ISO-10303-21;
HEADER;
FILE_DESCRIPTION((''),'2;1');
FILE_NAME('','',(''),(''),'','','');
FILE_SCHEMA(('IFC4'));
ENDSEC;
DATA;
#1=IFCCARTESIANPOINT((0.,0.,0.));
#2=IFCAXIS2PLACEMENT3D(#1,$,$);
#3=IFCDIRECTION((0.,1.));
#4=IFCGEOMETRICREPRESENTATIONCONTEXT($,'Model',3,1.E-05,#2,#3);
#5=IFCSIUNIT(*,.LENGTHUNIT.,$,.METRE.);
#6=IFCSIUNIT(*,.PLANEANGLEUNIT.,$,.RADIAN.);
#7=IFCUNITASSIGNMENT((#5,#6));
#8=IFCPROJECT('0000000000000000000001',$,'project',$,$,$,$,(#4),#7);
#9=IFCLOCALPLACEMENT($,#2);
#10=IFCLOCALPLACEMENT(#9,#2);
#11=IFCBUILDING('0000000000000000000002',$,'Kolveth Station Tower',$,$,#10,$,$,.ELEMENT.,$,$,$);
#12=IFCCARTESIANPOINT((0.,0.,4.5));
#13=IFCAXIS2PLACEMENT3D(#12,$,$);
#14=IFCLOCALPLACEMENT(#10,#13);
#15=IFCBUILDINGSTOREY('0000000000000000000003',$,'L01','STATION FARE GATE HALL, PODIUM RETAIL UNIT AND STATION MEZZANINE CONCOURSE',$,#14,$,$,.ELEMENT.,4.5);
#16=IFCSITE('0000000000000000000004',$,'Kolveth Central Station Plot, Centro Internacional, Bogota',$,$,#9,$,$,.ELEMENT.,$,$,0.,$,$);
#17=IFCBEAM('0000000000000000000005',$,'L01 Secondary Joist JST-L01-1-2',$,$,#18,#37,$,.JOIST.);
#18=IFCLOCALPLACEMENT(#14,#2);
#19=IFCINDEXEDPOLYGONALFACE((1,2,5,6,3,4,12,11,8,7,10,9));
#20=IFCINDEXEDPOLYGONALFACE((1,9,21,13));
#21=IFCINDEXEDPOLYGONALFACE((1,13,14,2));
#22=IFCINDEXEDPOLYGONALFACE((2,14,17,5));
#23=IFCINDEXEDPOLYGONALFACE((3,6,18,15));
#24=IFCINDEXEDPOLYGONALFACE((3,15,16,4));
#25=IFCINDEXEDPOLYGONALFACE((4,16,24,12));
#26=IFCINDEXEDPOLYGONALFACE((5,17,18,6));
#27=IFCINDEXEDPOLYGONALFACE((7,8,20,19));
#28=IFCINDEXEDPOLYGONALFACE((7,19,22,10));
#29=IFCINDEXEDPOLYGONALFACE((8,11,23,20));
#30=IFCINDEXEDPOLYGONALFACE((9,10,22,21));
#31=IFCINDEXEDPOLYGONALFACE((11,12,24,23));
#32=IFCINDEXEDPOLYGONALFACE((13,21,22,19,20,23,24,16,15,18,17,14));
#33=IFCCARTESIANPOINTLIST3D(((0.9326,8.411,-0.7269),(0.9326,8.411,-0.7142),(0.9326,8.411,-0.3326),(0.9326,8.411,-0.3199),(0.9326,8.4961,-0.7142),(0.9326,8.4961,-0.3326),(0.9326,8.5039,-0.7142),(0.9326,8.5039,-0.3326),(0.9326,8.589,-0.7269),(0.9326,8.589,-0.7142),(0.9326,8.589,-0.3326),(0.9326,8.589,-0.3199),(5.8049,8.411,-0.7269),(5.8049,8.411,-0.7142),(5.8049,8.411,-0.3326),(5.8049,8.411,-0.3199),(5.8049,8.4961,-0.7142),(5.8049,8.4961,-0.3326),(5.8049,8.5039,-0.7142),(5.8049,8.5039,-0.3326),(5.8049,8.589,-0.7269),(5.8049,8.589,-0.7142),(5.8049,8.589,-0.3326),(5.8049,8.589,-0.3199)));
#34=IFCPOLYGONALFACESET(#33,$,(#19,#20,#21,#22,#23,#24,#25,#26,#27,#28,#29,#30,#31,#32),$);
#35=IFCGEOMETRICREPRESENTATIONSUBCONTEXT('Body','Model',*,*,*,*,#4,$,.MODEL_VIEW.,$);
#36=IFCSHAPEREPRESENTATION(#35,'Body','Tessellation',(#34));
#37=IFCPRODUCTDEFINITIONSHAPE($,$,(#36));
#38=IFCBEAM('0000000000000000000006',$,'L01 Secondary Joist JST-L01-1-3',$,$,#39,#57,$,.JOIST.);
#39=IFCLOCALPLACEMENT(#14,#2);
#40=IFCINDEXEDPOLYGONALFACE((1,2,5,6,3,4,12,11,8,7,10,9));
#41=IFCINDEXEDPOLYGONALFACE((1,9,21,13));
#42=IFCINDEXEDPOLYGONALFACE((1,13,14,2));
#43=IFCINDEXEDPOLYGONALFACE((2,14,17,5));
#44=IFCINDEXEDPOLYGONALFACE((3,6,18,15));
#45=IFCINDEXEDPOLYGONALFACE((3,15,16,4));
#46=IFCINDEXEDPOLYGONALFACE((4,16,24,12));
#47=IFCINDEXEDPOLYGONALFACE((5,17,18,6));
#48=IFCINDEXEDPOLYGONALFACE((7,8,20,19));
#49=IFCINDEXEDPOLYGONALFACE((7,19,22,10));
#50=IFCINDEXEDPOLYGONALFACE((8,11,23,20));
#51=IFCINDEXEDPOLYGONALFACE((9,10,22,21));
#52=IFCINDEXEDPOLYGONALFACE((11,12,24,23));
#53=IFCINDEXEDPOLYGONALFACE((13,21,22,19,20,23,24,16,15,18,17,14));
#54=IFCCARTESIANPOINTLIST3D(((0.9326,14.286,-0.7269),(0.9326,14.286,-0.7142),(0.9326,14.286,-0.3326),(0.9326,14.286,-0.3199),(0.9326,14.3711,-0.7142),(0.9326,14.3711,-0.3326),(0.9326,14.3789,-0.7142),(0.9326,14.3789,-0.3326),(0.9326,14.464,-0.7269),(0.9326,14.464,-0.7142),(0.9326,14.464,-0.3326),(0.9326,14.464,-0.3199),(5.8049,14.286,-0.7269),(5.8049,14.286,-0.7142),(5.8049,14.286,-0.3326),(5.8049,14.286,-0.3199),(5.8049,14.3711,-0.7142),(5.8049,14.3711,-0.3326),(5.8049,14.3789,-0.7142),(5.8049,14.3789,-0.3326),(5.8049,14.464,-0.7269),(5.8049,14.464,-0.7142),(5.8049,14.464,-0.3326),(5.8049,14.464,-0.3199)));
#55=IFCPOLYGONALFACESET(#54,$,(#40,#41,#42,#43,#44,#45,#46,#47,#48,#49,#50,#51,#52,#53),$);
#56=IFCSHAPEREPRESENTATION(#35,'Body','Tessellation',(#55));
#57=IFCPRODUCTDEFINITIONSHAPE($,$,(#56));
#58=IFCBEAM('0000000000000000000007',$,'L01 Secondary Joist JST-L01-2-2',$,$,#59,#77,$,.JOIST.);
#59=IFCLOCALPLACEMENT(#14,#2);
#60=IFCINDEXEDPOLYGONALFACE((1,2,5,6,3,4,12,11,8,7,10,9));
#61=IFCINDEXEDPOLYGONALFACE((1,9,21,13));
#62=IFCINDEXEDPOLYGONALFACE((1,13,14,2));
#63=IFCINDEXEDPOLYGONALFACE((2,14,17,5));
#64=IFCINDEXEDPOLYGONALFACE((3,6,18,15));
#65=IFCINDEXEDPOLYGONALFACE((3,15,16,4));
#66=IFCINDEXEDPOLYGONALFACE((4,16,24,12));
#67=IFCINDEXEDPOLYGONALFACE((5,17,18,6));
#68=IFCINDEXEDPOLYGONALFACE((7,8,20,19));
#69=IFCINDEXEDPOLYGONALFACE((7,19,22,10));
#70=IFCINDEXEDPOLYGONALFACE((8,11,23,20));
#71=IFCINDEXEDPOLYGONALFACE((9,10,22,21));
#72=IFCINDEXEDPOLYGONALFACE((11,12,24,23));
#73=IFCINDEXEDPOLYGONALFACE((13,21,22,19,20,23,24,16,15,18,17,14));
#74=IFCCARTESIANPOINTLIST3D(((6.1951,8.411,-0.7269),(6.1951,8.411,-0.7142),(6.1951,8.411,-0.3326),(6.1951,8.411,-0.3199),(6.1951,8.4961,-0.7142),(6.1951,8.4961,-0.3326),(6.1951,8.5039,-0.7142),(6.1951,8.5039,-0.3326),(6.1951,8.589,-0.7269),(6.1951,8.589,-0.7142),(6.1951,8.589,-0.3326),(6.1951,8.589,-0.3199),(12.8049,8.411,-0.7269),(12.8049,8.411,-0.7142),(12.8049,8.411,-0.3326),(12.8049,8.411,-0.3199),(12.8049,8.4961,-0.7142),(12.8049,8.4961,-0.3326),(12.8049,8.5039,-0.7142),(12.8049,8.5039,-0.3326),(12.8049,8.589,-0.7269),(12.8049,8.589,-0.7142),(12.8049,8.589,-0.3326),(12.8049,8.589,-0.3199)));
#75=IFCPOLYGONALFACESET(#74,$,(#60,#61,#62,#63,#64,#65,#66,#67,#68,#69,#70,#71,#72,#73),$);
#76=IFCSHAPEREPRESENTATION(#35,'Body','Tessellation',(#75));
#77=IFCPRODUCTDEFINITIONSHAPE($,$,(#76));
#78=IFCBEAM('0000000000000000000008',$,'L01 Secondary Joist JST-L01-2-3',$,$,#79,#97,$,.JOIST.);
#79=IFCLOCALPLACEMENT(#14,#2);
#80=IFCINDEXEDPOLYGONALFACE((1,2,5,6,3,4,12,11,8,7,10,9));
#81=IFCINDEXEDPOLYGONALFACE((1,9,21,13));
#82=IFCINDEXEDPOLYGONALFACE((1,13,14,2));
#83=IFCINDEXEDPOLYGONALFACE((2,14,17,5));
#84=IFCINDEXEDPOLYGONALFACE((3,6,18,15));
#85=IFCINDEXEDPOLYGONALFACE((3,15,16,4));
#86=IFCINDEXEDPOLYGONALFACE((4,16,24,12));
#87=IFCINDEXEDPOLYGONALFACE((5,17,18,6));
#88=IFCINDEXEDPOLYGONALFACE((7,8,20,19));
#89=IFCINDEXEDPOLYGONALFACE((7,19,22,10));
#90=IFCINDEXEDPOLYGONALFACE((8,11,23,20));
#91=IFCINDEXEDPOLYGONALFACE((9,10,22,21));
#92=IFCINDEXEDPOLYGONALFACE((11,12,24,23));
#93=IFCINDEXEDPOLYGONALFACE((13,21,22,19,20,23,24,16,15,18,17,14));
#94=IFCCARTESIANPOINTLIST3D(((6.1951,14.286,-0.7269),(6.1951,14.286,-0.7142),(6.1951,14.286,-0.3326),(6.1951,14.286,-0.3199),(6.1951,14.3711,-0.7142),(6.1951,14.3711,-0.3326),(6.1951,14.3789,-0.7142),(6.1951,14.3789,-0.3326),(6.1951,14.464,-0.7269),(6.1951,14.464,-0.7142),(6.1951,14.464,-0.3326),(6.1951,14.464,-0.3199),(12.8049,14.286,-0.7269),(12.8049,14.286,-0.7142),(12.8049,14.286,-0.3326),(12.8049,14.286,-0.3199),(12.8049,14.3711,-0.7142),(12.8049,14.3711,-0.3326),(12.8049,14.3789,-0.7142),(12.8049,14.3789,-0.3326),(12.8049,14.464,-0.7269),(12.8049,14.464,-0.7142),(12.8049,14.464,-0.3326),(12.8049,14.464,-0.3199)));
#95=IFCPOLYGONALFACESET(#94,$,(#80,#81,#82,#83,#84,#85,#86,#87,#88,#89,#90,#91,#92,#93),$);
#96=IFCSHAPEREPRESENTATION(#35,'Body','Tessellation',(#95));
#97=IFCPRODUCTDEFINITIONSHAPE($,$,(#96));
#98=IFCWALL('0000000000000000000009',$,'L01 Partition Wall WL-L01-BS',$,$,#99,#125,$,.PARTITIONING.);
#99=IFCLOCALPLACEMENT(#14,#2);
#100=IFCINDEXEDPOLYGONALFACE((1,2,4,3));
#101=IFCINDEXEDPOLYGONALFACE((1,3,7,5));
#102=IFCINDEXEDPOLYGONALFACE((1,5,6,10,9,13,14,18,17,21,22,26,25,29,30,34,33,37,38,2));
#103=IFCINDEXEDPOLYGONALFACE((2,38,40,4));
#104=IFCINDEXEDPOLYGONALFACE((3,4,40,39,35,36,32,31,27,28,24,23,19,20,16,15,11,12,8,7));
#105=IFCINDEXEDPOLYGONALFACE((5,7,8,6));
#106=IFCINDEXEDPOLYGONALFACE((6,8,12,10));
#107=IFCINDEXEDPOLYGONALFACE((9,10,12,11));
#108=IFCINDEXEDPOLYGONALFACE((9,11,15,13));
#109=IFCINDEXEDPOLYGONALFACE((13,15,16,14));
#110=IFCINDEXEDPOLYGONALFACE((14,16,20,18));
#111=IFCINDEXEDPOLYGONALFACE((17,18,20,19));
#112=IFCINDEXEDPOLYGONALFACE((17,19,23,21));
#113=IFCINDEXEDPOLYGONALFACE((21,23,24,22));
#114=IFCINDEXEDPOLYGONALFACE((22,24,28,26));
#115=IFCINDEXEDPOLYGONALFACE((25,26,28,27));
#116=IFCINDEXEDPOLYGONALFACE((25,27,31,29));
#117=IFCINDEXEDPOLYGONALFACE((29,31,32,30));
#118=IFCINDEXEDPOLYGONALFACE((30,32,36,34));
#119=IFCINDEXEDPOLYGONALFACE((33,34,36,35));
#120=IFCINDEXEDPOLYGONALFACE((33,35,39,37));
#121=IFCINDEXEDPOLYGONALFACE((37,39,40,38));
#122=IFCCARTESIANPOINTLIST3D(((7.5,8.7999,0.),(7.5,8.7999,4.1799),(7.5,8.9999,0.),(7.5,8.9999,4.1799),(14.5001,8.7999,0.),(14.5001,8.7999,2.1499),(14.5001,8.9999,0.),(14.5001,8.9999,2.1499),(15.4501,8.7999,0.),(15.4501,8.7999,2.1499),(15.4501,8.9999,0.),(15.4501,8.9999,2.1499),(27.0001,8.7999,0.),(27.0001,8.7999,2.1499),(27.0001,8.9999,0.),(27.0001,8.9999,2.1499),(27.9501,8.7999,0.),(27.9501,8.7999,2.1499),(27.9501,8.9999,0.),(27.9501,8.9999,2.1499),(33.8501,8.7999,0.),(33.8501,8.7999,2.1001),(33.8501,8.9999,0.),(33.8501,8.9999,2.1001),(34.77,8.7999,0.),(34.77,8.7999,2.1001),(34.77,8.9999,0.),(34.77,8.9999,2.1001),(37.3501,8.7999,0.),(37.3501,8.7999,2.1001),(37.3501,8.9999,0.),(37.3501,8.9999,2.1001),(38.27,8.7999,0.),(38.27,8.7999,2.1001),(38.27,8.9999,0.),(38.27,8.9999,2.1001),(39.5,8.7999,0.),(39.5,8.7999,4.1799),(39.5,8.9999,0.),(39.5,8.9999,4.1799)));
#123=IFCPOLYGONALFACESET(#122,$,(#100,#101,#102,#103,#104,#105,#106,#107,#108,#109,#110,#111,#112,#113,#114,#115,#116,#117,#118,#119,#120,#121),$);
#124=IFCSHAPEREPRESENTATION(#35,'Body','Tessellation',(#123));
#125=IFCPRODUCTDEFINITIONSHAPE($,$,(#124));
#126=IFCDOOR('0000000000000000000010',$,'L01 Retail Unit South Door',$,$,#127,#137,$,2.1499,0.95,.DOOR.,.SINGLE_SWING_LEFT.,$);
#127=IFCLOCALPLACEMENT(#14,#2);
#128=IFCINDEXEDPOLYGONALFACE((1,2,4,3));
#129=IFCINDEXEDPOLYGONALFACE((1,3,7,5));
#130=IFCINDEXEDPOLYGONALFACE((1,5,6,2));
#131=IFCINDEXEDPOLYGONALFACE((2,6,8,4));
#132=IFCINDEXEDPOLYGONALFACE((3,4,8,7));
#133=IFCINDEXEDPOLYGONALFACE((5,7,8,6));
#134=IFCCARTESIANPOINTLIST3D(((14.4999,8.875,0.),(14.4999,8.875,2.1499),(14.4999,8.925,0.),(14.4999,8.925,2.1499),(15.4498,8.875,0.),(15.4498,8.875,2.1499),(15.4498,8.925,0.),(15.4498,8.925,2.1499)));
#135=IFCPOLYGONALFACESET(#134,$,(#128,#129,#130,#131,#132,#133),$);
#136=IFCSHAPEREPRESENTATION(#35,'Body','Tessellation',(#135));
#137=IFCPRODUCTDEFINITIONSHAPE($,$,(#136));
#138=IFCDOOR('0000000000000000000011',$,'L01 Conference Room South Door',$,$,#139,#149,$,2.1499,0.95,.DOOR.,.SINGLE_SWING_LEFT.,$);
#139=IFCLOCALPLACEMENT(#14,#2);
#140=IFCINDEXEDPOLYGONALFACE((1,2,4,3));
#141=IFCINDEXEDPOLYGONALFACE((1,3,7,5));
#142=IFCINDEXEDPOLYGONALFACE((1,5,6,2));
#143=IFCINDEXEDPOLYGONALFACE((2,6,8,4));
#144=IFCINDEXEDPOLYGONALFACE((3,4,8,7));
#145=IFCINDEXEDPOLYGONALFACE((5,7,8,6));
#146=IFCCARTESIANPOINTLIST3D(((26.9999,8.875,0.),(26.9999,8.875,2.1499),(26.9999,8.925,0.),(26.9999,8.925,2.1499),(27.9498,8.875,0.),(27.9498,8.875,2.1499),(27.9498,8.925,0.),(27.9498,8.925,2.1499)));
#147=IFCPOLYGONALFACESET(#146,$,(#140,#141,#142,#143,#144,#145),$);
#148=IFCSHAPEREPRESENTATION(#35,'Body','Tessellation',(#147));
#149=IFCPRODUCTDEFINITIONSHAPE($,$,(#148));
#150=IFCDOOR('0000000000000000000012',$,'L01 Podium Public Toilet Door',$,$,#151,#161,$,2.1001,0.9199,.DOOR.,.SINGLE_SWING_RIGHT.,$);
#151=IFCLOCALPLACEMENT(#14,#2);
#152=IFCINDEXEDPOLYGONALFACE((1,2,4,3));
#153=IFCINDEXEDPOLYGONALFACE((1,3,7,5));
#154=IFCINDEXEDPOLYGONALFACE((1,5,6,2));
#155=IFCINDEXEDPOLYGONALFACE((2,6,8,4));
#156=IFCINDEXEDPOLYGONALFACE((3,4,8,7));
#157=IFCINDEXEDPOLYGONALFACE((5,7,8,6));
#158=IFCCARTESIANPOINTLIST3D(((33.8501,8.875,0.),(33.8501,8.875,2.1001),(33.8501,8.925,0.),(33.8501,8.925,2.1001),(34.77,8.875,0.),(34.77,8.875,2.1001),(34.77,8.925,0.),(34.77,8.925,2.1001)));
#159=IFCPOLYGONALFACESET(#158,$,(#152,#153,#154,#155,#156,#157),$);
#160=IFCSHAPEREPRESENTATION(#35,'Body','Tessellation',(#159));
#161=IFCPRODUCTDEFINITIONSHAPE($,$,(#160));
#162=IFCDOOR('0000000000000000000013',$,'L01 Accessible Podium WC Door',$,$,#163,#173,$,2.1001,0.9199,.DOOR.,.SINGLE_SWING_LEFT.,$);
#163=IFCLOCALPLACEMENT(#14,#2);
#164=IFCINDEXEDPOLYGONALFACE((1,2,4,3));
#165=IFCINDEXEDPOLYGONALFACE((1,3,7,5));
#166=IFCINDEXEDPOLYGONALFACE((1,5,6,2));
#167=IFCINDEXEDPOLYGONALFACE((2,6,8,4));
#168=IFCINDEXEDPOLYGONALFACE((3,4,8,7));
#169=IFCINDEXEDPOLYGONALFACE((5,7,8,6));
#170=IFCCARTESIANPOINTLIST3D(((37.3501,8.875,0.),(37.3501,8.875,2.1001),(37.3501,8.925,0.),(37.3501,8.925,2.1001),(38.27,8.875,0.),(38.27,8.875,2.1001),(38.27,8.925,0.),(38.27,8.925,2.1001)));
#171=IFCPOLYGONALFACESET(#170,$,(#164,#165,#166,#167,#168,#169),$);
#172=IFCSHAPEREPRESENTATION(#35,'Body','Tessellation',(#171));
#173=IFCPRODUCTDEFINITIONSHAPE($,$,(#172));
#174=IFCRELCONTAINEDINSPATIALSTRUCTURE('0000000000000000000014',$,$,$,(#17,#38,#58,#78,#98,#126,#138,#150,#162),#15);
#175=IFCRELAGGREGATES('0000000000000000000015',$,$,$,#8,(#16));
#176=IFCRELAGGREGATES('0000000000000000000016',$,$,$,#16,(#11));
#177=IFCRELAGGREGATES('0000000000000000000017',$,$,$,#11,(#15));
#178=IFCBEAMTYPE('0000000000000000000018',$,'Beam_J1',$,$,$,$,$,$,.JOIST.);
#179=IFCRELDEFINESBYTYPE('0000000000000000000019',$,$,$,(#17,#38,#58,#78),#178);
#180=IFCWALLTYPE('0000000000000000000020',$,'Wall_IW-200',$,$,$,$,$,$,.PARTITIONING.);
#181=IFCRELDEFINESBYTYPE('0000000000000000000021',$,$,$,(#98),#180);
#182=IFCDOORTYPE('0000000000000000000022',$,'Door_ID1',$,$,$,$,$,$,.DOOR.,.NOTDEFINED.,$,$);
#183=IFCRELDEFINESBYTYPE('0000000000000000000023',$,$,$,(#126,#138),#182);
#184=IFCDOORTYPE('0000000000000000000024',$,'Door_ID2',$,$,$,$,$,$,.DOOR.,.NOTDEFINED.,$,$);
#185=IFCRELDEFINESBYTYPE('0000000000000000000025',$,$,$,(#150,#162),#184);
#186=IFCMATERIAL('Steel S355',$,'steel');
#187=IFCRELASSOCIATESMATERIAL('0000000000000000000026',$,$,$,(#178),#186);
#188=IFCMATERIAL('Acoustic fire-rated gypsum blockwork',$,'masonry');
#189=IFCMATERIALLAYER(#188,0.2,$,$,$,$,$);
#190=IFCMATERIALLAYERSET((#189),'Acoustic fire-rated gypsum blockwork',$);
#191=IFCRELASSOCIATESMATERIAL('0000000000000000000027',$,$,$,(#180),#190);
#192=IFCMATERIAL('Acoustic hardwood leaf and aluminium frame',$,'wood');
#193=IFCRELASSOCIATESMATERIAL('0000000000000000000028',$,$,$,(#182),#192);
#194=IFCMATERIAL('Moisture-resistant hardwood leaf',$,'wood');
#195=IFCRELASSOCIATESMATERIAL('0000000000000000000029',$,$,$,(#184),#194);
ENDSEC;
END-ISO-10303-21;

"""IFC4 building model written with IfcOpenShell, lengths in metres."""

from ifc_helpers import new_model, si_unit, direction, frame, frame_2d, origin, origin_2d, place, context, subcontext, project, spatial, rectangle, i_section, extrude, source, transform, mapped, material, layer, layer_set, material_profile, profile_set, type_object, element, fill, save


model = new_model("IFC4")

# Units and contexts
model_context = context("Model", 3, precision=1e-05, world=origin(), true_north=direction((0.0, 1.0)))
body_context = subcontext(model_context, "Body", "Model", "MODEL_VIEW")
ifc_project = project(units=[si_unit("LENGTHUNIT", "METRE"), si_unit("PLANEANGLEUNIT", "RADIAN")], contexts=[model_context])

# Site, building, storey
site_placement = place(None, origin())
site = spatial("IfcSite", under=ifc_project, at=site_placement, Name="Kolveth Central Station Plot, Centro Internacional, Bogota", CompositionType="ELEMENT", RefElevation=0.0)
building_placement = place(site_placement, origin())
building = spatial("IfcBuilding", under=site, at=building_placement, Name="Kolveth Station Tower", CompositionType="ELEMENT")
storey_placement = place(building_placement, frame((0.0, 0.0, 4.5)))
storey = spatial("IfcBuildingStorey", under=building, at=storey_placement, Name="L01", Description="STATION FARE GATE HALL, PODIUM RETAIL UNIT AND STATION MEZZANINE CONCOURSE", CompositionType="ELEMENT", Elevation=4.5)

# Beams
ifc_material_1 = material(Name="Steel S355", Category="steel")
ifc_material_profile_1 = material_profile(ifc_material_1, i_section(OverallWidth=0.178, OverallDepth=0.407, WebThickness=0.0078, FlangeThickness=0.0127, at=origin_2d()), Name="W410x60")
ifc_profile_set_1 = profile_set([ifc_material_profile_1], Name="Steel S355")
beam_type_1 = type_object("IfcBeamType", Name="Beam_J1", PredefinedType="JOIST", material=ifc_profile_set_1)
shared_shape_1 = source(origin(), body_context, "Body", "SweptSolid", [
    extrude(i_section(OverallWidth=0.178, OverallDepth=0.407, WebThickness=0.0078, FlangeThickness=0.0127, at=origin_2d()), origin(), (0.0, 0.0, 1.0), 4.8723),
])
for number, where, z_axis, x_axis, name in (
    (1, (0.9326, 8.5, -0.5234), (1.0, 0.0, 0.0), (0.0, 1.0, 0.0), "L01 Secondary Joist JST-L01-1-2"),
    (2, (0.9326, 14.375, -0.5234), (1.0, 0.0, 0.0), (0.0, 1.0, 0.0), "L01 Secondary Joist JST-L01-1-3"),
):
    element("IfcBeam", number, at=place(storey_placement, frame(where, z_axis=z_axis, x_axis=x_axis)), inside=storey, type_object=beam_type_1, Name=name, PredefinedType="JOIST", context=body_context, shape_type="MappedRepresentation", body=[
        mapped(shared_shape_1, transform((0.0, 0.0, 0.0), x_axis=(1.0, 0.0, 0.0), y_axis=(0.0, 1.0, 0.0), z_axis=(0.0, 0.0, 1.0), scale=1.0)),
    ])
shared_shape_2 = source(origin(), body_context, "Body", "SweptSolid", [
    extrude(i_section(OverallWidth=0.178, OverallDepth=0.407, WebThickness=0.0078, FlangeThickness=0.0127, at=origin_2d()), origin(), (0.0, 0.0, 1.0), 6.6099),
])
for number, where, z_axis, x_axis, name in (
    (3, (6.1951, 8.5, -0.5234), (1.0, 0.0, 0.0), (0.0, 1.0, 0.0), "L01 Secondary Joist JST-L01-2-2"),
    (4, (6.1951, 14.375, -0.5234), (1.0, 0.0, 0.0), (0.0, 1.0, 0.0), "L01 Secondary Joist JST-L01-2-3"),
):
    element("IfcBeam", number, at=place(storey_placement, frame(where, z_axis=z_axis, x_axis=x_axis)), inside=storey, type_object=beam_type_1, Name=name, PredefinedType="JOIST", context=body_context, shape_type="MappedRepresentation", body=[
        mapped(shared_shape_2, transform((0.0, 0.0, 0.0), x_axis=(1.0, 0.0, 0.0), y_axis=(0.0, 1.0, 0.0), z_axis=(0.0, 0.0, 1.0), scale=1.0)),
    ])

# Wall, openings, doors
ifc_material_2 = material(Name="Acoustic fire-rated gypsum blockwork", Category="masonry")
ifc_layer = layer(ifc_material_2, 0.2)
ifc_layer_set = layer_set([ifc_layer], Name="Acoustic fire-rated gypsum blockwork")
wall_type = type_object("IfcWallType", Name="Wall_IW-200", PredefinedType="PARTITIONING", material=ifc_layer_set)
wall_1_placement = place(storey_placement, frame((7.5, 8.8999, 0.0), z_axis=(0.0, 0.0, 1.0), x_axis=(1.0, 0.0, 0.0)))
wall_1 = element("IfcWall", 5, at=wall_1_placement, inside=storey, type_object=wall_type, Name="L01 Partition Wall WL-L01-BS", PredefinedType="PARTITIONING", context=body_context, shape_type="SweptSolid", body=[
    extrude(rectangle(XDim=32.0, YDim=0.2, at=frame_2d((16.0, 0.0))), origin(), (0.0, 0.0, 1.0), 4.1799),
])
opening_1_placement = place(wall_1_placement, frame((7.0, 0.0, 0.0)))
opening_1 = element("IfcOpeningElement", 6, at=opening_1_placement, cuts=wall_1, PredefinedType="OPENING", context=body_context, shape_type="SweptSolid", body=[
    extrude(rectangle(XDim=0.95, YDim=2.1499, at=frame_2d((0.4751, 1.075))), frame((0.0, 0.1099, 0.0), z_axis=(0.0, -1.0, 0.0), x_axis=(1.0, 0.0, 0.0)), (0.0, 0.0, 1.0), 0.22),
])
opening_2_placement = place(wall_1_placement, frame((19.5, 0.0, 0.0)))
opening_2 = element("IfcOpeningElement", 7, at=opening_2_placement, cuts=wall_1, PredefinedType="OPENING", context=body_context, shape_type="SweptSolid", body=[
    extrude(rectangle(XDim=0.95, YDim=2.1499, at=frame_2d((0.4751, 1.075))), frame((0.0, 0.1099, 0.0), z_axis=(0.0, -1.0, 0.0), x_axis=(1.0, 0.0, 0.0)), (0.0, 0.0, 1.0), 0.22),
])
opening_3_placement = place(wall_1_placement, frame((26.3501, 0.0, 0.0)))
opening_3 = element("IfcOpeningElement", 8, at=opening_3_placement, cuts=wall_1, PredefinedType="OPENING", context=body_context, shape_type="SweptSolid", body=[
    extrude(rectangle(XDim=0.9199, YDim=2.1001, at=frame_2d((0.46, 1.05))), frame((0.0, 0.1099, 0.0), z_axis=(0.0, -1.0, 0.0), x_axis=(1.0, 0.0, 0.0)), (0.0, 0.0, 1.0), 0.22),
])
opening_4_placement = place(wall_1_placement, frame((29.8501, 0.0, 0.0)))
opening_4 = element("IfcOpeningElement", 9, at=opening_4_placement, cuts=wall_1, PredefinedType="OPENING", context=body_context, shape_type="SweptSolid", body=[
    extrude(rectangle(XDim=0.9199, YDim=2.1001, at=frame_2d((0.46, 1.05))), frame((0.0, 0.1099, 0.0), z_axis=(0.0, -1.0, 0.0), x_axis=(1.0, 0.0, 0.0)), (0.0, 0.0, 1.0), 0.22),
])
ifc_material_3 = material(Name="Acoustic hardwood leaf and aluminium frame", Category="wood")
door_type_1 = type_object("IfcDoorType", Name="Door_ID1", OperationType="NOTDEFINED", PredefinedType="DOOR", material=ifc_material_3)
door_1_placement = place(opening_1_placement, frame((0.95, 0.0, 0.0), z_axis=(0.0, 0.0, 1.0), x_axis=(-1.0, 0.0, 0.0)))
door_1 = element("IfcDoor", 10, at=door_1_placement, inside=storey, type_object=door_type_1, Name="L01 Retail Unit South Door", OperationType="SINGLE_SWING_LEFT", OverallHeight=2.1499, OverallWidth=0.95, PredefinedType="DOOR", context=body_context, shape_type="SweptSolid", body=[
    extrude(rectangle(XDim=0.95, YDim=2.1499, at=frame_2d((0.4751, 1.075))), frame((0.0, 0.0249, 0.0), z_axis=(0.0, -1.0, 0.0), x_axis=(1.0, 0.0, 0.0)), (0.0, 0.0, 1.0), 0.05),
])
fill(opening_1, door_1)
door_2_placement = place(opening_2_placement, frame((0.95, 0.0, 0.0), z_axis=(0.0, 0.0, 1.0), x_axis=(-1.0, 0.0, 0.0)))
door_2 = element("IfcDoor", 11, at=door_2_placement, inside=storey, type_object=door_type_1, Name="L01 Conference Room South Door", OperationType="SINGLE_SWING_LEFT", OverallHeight=2.1499, OverallWidth=0.95, PredefinedType="DOOR", context=body_context, shape_type="SweptSolid", body=[
    extrude(rectangle(XDim=0.95, YDim=2.1499, at=frame_2d((0.4751, 1.075))), frame((0.0, 0.0249, 0.0), z_axis=(0.0, -1.0, 0.0), x_axis=(1.0, 0.0, 0.0)), (0.0, 0.0, 1.0), 0.05),
])
fill(opening_2, door_2)
ifc_material_4 = material(Name="Moisture-resistant hardwood leaf", Category="wood")
door_type_2 = type_object("IfcDoorType", Name="Door_ID2", OperationType="NOTDEFINED", PredefinedType="DOOR", material=ifc_material_4)
door_3_placement = place(opening_3_placement, frame((0.9199, 0.0, 0.0), z_axis=(0.0, 0.0, 1.0), x_axis=(-1.0, 0.0, 0.0)))
door_3 = element("IfcDoor", 12, at=door_3_placement, inside=storey, type_object=door_type_2, Name="L01 Podium Public Toilet Door", OperationType="SINGLE_SWING_RIGHT", OverallHeight=2.1001, OverallWidth=0.9199, PredefinedType="DOOR", context=body_context, shape_type="SweptSolid", body=[
    extrude(rectangle(XDim=0.9199, YDim=2.1001, at=frame_2d((0.46, 1.05))), frame((0.0, 0.0249, 0.0), z_axis=(0.0, -1.0, 0.0), x_axis=(1.0, 0.0, 0.0)), (0.0, 0.0, 1.0), 0.05),
])
fill(opening_3, door_3)
door_4_placement = place(opening_4_placement, frame((0.9199, 0.0, 0.0), z_axis=(0.0, 0.0, 1.0), x_axis=(-1.0, 0.0, 0.0)))
door_4 = element("IfcDoor", 13, at=door_4_placement, inside=storey, type_object=door_type_2, Name="L01 Accessible Podium WC Door", OperationType="SINGLE_SWING_LEFT", OverallHeight=2.1001, OverallWidth=0.9199, PredefinedType="DOOR", context=body_context, shape_type="SweptSolid", body=[
    extrude(rectangle(XDim=0.9199, YDim=2.1001, at=frame_2d((0.46, 1.05))), frame((0.0, 0.0249, 0.0), z_axis=(0.0, -1.0, 0.0), x_axis=(1.0, 0.0, 0.0)), (0.0, 0.0, 1.0), 0.05),
])
fill(opening_4, door_4)

save(model, "model.ifc")
